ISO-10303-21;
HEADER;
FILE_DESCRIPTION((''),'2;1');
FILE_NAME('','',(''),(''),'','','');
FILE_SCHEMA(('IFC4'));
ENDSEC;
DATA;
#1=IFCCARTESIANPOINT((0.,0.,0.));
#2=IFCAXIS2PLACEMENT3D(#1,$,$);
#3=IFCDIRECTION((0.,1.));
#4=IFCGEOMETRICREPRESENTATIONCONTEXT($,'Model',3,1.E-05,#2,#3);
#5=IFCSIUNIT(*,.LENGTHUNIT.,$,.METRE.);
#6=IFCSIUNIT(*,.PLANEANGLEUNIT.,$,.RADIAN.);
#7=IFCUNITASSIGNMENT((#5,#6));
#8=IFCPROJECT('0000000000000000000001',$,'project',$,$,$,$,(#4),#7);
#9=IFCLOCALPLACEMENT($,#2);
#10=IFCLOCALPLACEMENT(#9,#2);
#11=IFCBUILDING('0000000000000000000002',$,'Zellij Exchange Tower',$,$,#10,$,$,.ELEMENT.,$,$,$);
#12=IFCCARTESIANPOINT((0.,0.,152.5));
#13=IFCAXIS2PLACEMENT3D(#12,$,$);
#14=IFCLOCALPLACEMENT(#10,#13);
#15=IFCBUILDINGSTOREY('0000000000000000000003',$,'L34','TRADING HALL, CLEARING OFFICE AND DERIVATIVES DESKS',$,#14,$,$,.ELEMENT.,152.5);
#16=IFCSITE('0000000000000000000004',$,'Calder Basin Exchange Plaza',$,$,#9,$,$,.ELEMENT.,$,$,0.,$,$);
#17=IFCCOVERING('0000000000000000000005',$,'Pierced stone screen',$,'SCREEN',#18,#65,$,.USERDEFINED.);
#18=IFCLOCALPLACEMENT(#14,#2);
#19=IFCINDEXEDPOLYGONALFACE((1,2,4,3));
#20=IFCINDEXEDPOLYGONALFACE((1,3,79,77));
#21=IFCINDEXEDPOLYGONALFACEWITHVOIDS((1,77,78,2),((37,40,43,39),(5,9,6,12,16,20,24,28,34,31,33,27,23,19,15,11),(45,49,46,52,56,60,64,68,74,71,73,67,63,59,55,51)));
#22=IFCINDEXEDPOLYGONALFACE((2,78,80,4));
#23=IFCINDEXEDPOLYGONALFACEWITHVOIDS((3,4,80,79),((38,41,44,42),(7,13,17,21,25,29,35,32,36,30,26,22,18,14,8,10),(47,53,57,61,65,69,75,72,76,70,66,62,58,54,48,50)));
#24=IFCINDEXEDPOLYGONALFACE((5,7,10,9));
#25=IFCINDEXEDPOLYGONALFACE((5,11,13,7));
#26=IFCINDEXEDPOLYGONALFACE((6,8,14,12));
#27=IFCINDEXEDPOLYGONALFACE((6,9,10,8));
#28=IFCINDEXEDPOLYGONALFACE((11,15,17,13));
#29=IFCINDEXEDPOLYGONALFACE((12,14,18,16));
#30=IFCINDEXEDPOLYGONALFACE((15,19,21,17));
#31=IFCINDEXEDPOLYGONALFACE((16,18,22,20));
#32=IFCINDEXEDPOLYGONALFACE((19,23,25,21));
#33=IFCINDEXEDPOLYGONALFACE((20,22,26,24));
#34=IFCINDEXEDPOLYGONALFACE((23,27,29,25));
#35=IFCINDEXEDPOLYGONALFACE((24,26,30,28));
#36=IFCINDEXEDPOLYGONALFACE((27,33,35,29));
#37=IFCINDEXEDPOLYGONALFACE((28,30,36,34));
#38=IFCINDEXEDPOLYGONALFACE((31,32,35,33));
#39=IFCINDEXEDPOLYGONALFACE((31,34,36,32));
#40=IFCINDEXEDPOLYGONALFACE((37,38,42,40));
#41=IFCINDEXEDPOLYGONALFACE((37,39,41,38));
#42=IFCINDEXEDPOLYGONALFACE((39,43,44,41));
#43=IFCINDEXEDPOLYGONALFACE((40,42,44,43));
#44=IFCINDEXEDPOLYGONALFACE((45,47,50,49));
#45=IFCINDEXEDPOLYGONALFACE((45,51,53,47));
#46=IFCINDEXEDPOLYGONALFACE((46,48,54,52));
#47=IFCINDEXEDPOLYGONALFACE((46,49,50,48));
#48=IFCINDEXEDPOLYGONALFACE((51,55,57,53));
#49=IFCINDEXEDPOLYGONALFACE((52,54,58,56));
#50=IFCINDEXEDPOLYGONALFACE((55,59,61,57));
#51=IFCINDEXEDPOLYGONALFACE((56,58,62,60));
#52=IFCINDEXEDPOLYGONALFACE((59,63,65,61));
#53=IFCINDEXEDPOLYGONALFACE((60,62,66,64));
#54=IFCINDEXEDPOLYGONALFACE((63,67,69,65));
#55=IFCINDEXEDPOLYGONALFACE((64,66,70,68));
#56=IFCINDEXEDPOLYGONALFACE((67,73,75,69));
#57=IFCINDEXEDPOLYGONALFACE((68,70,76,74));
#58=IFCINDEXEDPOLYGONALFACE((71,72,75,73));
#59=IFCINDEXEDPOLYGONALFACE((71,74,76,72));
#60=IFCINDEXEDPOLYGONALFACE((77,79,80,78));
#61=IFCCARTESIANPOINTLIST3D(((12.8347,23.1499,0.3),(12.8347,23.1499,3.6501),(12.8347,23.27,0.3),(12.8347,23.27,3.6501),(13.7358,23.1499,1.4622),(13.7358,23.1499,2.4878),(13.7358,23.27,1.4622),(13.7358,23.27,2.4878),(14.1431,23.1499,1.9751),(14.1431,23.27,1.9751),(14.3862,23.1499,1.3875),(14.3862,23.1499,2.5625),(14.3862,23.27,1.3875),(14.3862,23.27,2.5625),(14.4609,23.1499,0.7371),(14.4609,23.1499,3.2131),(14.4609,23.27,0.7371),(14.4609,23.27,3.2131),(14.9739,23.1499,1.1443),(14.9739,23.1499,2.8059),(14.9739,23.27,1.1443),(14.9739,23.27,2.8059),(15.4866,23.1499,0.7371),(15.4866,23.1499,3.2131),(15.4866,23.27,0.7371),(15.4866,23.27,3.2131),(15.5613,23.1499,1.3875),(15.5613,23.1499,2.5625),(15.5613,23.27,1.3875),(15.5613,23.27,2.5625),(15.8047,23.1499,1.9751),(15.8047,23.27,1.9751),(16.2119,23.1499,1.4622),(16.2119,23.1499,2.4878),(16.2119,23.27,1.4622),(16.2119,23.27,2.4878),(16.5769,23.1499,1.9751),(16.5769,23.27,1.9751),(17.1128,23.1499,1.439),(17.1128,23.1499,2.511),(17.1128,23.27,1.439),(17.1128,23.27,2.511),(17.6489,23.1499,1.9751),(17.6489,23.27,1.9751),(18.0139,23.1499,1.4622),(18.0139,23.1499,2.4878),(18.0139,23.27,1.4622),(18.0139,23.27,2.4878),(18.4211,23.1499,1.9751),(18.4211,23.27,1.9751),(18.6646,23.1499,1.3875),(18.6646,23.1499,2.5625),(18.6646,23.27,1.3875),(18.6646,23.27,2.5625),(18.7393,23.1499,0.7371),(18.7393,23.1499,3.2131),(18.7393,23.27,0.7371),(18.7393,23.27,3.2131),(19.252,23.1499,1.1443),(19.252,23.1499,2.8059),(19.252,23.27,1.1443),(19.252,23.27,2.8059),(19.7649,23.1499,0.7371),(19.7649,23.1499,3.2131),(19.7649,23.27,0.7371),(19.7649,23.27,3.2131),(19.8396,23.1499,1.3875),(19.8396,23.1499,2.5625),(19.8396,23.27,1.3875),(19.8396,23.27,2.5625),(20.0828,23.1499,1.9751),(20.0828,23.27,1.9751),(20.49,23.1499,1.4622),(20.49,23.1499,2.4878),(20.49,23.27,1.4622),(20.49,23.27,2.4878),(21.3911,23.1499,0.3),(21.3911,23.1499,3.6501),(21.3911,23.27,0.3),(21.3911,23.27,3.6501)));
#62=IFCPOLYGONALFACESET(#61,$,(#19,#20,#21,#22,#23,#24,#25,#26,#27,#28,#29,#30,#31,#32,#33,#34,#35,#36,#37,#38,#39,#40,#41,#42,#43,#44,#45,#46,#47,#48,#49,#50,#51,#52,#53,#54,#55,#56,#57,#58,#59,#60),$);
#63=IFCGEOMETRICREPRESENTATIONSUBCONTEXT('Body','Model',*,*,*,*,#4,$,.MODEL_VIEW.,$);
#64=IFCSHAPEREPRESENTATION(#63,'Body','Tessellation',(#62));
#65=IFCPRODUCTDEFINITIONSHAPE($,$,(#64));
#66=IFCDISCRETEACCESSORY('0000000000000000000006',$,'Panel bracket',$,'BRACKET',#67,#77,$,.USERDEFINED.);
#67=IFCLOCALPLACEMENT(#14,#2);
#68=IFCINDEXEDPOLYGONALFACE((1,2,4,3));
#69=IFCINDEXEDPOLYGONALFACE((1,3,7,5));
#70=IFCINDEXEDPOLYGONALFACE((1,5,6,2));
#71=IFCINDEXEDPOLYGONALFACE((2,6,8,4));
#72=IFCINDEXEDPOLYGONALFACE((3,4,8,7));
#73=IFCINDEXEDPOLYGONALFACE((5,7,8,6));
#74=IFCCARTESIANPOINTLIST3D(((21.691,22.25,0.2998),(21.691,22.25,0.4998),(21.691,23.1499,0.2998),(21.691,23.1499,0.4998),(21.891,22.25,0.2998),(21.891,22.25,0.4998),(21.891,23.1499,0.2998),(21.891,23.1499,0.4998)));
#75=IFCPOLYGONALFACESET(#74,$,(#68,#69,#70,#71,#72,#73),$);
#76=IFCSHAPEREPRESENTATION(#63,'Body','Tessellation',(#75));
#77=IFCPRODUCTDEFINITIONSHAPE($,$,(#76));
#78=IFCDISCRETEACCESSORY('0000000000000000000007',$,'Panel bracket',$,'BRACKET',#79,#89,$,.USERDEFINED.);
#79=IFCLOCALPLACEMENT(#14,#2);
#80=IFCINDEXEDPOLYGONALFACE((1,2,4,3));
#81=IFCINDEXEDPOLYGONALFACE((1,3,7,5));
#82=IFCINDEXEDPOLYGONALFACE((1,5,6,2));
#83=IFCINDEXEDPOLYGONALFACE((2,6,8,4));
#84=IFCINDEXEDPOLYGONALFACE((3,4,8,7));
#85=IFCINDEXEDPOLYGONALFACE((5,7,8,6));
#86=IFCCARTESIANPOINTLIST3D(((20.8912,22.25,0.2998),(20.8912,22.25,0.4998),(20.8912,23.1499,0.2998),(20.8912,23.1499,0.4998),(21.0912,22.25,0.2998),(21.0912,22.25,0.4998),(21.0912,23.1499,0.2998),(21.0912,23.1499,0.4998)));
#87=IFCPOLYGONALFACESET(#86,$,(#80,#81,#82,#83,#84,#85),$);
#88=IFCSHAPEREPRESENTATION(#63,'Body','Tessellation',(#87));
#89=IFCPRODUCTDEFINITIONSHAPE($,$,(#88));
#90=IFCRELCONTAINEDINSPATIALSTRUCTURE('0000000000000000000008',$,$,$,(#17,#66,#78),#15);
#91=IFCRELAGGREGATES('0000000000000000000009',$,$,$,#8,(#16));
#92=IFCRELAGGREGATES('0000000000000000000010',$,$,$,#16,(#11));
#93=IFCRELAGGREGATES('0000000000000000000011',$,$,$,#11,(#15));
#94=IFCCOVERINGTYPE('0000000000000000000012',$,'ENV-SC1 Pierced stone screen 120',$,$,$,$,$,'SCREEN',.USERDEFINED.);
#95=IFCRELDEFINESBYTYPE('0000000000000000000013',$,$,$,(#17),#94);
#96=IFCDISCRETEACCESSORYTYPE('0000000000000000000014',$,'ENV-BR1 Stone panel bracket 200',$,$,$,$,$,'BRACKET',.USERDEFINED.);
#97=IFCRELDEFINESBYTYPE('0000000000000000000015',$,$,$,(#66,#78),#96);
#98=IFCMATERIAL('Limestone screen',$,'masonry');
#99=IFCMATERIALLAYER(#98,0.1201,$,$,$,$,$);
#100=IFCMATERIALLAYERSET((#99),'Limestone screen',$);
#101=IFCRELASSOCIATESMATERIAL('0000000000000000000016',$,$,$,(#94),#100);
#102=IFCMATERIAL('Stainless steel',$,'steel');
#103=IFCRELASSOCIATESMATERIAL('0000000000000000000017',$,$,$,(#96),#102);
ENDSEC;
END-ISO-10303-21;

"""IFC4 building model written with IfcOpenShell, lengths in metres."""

from ifc_helpers import new_model, si_unit, direction, frame, origin, origin_2d, place, context, subcontext, project, spatial, polyline, rectangle, outline, extrude, material, layer, layer_set, type_object, element, save


model = new_model("IFC4")

# Units and contexts
model_context = context("Model", 3, precision=1e-05, world=origin(), true_north=direction((0.0, 1.0)))
body_context = subcontext(model_context, "Body", "Model", "MODEL_VIEW")
ifc_project = project(units=[si_unit("LENGTHUNIT", "METRE"), si_unit("PLANEANGLEUNIT", "RADIAN")], contexts=[model_context])

# Site, building, storey
site_placement = place(None, origin())
site = spatial("IfcSite", under=ifc_project, at=site_placement, Name="Calder Basin Exchange Plaza", CompositionType="ELEMENT", RefElevation=0.0)
building_placement = place(site_placement, origin())
building = spatial("IfcBuilding", under=site, at=building_placement, Name="Zellij Exchange Tower", CompositionType="ELEMENT")
storey_placement = place(building_placement, frame((0.0, 0.0, 152.5)))
storey = spatial("IfcBuildingStorey", under=building, at=storey_placement, Name="L34", Description="TRADING HALL, CLEARING OFFICE AND DERIVATIVES DESKS", CompositionType="ELEMENT", Elevation=152.5)

# Covering
ifc_material_1 = material(Name="Limestone screen", Category="masonry")
ifc_layer_1 = layer(ifc_material_1, 0.1201)
ifc_layer_set_1 = layer_set([ifc_layer_1], Name="Limestone screen")
covering_type = type_object("IfcCoveringType", Name="ENV-SC1 Pierced stone screen 120", ElementType="SCREEN", PredefinedType="USERDEFINED", material=ifc_layer_set_1)
covering_placement = place(storey_placement, frame((21.3911, 23.21, 0.3), z_axis=(0.0, 0.0, 1.0), x_axis=(-1.0, 0.0, 0.0)))
element("IfcCovering", 1, at=covering_placement, inside=storey, type_object=covering_type, Name="Pierced stone screen", ObjectType="SCREEN", PredefinedType="USERDEFINED", context=body_context, shape_type="SweptSolid", body=[
    extrude(outline(polyline([(0.0, 0.0), (8.5564, 0.0), (8.5564, 3.3501), (0.0, 3.3501), (0.0, 0.0)]), holes=[polyline([(3.3772, 2.1877), (2.7266, 2.2625), (2.6519, 2.9131), (2.1392, 2.5059), (1.6262, 2.9131), (1.5515, 2.2625), (0.9011, 2.1877), (1.3083, 1.675), (0.9011, 1.1621), (1.5515, 1.0874), (1.6262, 0.437), (2.1392, 0.8442), (2.6519, 0.437), (2.7266, 1.0874), (3.3772, 1.1621), (2.97, 1.675), (3.3772, 2.1877)]), polyline([(7.6553, 2.1877), (7.0049, 2.2625), (6.9302, 2.9131), (6.4172, 2.5059), (5.9045, 2.9131), (5.8298, 2.2625), (5.1792, 2.1877), (5.5864, 1.675), (5.1792, 1.1621), (5.8298, 1.0874), (5.9045, 0.437), (6.4172, 0.8442), (6.9302, 0.437), (7.0049, 1.0874), (7.6553, 1.1621), (7.248, 1.675), (7.6553, 2.1877)]), polyline([(4.8142, 1.675), (4.2783, 2.2109), (3.7422, 1.675), (4.2783, 1.1389), (4.8142, 1.675)])]), frame((0.0, 0.0601, 0.0), z_axis=(0.0, -1.0, 0.0), x_axis=(1.0, 0.0, 0.0)), (0.0, 0.0, 1.0), 0.1201),
])

# Discrete accessories
ifc_material_2 = material(Name="Stainless steel", Category="steel")
discrete_accessory_type = type_object("IfcDiscreteAccessoryType", Name="ENV-BR1 Stone panel bracket 200", ElementType="BRACKET", PredefinedType="USERDEFINED", material=ifc_material_2)
for number, where, z_axis, x_axis, name in (
    (2, (21.791, 22.7, 0.2998), (0.0, 0.0, 1.0), (-1.0, 0.0, 0.0), "Panel bracket"),
    (3, (20.9912, 22.7, 0.2998), (0.0, 0.0, 1.0), (-1.0, 0.0, 0.0), "Panel bracket"),
):
    element("IfcDiscreteAccessory", number, at=place(storey_placement, frame(where, z_axis=z_axis, x_axis=x_axis)), inside=storey, type_object=discrete_accessory_type, Name=name, ObjectType="BRACKET", PredefinedType="USERDEFINED", context=body_context, shape_type="SweptSolid", body=[
        extrude(rectangle(XDim=0.2, YDim=0.8999, at=origin_2d()), origin(), (0.0, 0.0, 1.0), 0.2),
    ])

save(model, "model.ifc")
